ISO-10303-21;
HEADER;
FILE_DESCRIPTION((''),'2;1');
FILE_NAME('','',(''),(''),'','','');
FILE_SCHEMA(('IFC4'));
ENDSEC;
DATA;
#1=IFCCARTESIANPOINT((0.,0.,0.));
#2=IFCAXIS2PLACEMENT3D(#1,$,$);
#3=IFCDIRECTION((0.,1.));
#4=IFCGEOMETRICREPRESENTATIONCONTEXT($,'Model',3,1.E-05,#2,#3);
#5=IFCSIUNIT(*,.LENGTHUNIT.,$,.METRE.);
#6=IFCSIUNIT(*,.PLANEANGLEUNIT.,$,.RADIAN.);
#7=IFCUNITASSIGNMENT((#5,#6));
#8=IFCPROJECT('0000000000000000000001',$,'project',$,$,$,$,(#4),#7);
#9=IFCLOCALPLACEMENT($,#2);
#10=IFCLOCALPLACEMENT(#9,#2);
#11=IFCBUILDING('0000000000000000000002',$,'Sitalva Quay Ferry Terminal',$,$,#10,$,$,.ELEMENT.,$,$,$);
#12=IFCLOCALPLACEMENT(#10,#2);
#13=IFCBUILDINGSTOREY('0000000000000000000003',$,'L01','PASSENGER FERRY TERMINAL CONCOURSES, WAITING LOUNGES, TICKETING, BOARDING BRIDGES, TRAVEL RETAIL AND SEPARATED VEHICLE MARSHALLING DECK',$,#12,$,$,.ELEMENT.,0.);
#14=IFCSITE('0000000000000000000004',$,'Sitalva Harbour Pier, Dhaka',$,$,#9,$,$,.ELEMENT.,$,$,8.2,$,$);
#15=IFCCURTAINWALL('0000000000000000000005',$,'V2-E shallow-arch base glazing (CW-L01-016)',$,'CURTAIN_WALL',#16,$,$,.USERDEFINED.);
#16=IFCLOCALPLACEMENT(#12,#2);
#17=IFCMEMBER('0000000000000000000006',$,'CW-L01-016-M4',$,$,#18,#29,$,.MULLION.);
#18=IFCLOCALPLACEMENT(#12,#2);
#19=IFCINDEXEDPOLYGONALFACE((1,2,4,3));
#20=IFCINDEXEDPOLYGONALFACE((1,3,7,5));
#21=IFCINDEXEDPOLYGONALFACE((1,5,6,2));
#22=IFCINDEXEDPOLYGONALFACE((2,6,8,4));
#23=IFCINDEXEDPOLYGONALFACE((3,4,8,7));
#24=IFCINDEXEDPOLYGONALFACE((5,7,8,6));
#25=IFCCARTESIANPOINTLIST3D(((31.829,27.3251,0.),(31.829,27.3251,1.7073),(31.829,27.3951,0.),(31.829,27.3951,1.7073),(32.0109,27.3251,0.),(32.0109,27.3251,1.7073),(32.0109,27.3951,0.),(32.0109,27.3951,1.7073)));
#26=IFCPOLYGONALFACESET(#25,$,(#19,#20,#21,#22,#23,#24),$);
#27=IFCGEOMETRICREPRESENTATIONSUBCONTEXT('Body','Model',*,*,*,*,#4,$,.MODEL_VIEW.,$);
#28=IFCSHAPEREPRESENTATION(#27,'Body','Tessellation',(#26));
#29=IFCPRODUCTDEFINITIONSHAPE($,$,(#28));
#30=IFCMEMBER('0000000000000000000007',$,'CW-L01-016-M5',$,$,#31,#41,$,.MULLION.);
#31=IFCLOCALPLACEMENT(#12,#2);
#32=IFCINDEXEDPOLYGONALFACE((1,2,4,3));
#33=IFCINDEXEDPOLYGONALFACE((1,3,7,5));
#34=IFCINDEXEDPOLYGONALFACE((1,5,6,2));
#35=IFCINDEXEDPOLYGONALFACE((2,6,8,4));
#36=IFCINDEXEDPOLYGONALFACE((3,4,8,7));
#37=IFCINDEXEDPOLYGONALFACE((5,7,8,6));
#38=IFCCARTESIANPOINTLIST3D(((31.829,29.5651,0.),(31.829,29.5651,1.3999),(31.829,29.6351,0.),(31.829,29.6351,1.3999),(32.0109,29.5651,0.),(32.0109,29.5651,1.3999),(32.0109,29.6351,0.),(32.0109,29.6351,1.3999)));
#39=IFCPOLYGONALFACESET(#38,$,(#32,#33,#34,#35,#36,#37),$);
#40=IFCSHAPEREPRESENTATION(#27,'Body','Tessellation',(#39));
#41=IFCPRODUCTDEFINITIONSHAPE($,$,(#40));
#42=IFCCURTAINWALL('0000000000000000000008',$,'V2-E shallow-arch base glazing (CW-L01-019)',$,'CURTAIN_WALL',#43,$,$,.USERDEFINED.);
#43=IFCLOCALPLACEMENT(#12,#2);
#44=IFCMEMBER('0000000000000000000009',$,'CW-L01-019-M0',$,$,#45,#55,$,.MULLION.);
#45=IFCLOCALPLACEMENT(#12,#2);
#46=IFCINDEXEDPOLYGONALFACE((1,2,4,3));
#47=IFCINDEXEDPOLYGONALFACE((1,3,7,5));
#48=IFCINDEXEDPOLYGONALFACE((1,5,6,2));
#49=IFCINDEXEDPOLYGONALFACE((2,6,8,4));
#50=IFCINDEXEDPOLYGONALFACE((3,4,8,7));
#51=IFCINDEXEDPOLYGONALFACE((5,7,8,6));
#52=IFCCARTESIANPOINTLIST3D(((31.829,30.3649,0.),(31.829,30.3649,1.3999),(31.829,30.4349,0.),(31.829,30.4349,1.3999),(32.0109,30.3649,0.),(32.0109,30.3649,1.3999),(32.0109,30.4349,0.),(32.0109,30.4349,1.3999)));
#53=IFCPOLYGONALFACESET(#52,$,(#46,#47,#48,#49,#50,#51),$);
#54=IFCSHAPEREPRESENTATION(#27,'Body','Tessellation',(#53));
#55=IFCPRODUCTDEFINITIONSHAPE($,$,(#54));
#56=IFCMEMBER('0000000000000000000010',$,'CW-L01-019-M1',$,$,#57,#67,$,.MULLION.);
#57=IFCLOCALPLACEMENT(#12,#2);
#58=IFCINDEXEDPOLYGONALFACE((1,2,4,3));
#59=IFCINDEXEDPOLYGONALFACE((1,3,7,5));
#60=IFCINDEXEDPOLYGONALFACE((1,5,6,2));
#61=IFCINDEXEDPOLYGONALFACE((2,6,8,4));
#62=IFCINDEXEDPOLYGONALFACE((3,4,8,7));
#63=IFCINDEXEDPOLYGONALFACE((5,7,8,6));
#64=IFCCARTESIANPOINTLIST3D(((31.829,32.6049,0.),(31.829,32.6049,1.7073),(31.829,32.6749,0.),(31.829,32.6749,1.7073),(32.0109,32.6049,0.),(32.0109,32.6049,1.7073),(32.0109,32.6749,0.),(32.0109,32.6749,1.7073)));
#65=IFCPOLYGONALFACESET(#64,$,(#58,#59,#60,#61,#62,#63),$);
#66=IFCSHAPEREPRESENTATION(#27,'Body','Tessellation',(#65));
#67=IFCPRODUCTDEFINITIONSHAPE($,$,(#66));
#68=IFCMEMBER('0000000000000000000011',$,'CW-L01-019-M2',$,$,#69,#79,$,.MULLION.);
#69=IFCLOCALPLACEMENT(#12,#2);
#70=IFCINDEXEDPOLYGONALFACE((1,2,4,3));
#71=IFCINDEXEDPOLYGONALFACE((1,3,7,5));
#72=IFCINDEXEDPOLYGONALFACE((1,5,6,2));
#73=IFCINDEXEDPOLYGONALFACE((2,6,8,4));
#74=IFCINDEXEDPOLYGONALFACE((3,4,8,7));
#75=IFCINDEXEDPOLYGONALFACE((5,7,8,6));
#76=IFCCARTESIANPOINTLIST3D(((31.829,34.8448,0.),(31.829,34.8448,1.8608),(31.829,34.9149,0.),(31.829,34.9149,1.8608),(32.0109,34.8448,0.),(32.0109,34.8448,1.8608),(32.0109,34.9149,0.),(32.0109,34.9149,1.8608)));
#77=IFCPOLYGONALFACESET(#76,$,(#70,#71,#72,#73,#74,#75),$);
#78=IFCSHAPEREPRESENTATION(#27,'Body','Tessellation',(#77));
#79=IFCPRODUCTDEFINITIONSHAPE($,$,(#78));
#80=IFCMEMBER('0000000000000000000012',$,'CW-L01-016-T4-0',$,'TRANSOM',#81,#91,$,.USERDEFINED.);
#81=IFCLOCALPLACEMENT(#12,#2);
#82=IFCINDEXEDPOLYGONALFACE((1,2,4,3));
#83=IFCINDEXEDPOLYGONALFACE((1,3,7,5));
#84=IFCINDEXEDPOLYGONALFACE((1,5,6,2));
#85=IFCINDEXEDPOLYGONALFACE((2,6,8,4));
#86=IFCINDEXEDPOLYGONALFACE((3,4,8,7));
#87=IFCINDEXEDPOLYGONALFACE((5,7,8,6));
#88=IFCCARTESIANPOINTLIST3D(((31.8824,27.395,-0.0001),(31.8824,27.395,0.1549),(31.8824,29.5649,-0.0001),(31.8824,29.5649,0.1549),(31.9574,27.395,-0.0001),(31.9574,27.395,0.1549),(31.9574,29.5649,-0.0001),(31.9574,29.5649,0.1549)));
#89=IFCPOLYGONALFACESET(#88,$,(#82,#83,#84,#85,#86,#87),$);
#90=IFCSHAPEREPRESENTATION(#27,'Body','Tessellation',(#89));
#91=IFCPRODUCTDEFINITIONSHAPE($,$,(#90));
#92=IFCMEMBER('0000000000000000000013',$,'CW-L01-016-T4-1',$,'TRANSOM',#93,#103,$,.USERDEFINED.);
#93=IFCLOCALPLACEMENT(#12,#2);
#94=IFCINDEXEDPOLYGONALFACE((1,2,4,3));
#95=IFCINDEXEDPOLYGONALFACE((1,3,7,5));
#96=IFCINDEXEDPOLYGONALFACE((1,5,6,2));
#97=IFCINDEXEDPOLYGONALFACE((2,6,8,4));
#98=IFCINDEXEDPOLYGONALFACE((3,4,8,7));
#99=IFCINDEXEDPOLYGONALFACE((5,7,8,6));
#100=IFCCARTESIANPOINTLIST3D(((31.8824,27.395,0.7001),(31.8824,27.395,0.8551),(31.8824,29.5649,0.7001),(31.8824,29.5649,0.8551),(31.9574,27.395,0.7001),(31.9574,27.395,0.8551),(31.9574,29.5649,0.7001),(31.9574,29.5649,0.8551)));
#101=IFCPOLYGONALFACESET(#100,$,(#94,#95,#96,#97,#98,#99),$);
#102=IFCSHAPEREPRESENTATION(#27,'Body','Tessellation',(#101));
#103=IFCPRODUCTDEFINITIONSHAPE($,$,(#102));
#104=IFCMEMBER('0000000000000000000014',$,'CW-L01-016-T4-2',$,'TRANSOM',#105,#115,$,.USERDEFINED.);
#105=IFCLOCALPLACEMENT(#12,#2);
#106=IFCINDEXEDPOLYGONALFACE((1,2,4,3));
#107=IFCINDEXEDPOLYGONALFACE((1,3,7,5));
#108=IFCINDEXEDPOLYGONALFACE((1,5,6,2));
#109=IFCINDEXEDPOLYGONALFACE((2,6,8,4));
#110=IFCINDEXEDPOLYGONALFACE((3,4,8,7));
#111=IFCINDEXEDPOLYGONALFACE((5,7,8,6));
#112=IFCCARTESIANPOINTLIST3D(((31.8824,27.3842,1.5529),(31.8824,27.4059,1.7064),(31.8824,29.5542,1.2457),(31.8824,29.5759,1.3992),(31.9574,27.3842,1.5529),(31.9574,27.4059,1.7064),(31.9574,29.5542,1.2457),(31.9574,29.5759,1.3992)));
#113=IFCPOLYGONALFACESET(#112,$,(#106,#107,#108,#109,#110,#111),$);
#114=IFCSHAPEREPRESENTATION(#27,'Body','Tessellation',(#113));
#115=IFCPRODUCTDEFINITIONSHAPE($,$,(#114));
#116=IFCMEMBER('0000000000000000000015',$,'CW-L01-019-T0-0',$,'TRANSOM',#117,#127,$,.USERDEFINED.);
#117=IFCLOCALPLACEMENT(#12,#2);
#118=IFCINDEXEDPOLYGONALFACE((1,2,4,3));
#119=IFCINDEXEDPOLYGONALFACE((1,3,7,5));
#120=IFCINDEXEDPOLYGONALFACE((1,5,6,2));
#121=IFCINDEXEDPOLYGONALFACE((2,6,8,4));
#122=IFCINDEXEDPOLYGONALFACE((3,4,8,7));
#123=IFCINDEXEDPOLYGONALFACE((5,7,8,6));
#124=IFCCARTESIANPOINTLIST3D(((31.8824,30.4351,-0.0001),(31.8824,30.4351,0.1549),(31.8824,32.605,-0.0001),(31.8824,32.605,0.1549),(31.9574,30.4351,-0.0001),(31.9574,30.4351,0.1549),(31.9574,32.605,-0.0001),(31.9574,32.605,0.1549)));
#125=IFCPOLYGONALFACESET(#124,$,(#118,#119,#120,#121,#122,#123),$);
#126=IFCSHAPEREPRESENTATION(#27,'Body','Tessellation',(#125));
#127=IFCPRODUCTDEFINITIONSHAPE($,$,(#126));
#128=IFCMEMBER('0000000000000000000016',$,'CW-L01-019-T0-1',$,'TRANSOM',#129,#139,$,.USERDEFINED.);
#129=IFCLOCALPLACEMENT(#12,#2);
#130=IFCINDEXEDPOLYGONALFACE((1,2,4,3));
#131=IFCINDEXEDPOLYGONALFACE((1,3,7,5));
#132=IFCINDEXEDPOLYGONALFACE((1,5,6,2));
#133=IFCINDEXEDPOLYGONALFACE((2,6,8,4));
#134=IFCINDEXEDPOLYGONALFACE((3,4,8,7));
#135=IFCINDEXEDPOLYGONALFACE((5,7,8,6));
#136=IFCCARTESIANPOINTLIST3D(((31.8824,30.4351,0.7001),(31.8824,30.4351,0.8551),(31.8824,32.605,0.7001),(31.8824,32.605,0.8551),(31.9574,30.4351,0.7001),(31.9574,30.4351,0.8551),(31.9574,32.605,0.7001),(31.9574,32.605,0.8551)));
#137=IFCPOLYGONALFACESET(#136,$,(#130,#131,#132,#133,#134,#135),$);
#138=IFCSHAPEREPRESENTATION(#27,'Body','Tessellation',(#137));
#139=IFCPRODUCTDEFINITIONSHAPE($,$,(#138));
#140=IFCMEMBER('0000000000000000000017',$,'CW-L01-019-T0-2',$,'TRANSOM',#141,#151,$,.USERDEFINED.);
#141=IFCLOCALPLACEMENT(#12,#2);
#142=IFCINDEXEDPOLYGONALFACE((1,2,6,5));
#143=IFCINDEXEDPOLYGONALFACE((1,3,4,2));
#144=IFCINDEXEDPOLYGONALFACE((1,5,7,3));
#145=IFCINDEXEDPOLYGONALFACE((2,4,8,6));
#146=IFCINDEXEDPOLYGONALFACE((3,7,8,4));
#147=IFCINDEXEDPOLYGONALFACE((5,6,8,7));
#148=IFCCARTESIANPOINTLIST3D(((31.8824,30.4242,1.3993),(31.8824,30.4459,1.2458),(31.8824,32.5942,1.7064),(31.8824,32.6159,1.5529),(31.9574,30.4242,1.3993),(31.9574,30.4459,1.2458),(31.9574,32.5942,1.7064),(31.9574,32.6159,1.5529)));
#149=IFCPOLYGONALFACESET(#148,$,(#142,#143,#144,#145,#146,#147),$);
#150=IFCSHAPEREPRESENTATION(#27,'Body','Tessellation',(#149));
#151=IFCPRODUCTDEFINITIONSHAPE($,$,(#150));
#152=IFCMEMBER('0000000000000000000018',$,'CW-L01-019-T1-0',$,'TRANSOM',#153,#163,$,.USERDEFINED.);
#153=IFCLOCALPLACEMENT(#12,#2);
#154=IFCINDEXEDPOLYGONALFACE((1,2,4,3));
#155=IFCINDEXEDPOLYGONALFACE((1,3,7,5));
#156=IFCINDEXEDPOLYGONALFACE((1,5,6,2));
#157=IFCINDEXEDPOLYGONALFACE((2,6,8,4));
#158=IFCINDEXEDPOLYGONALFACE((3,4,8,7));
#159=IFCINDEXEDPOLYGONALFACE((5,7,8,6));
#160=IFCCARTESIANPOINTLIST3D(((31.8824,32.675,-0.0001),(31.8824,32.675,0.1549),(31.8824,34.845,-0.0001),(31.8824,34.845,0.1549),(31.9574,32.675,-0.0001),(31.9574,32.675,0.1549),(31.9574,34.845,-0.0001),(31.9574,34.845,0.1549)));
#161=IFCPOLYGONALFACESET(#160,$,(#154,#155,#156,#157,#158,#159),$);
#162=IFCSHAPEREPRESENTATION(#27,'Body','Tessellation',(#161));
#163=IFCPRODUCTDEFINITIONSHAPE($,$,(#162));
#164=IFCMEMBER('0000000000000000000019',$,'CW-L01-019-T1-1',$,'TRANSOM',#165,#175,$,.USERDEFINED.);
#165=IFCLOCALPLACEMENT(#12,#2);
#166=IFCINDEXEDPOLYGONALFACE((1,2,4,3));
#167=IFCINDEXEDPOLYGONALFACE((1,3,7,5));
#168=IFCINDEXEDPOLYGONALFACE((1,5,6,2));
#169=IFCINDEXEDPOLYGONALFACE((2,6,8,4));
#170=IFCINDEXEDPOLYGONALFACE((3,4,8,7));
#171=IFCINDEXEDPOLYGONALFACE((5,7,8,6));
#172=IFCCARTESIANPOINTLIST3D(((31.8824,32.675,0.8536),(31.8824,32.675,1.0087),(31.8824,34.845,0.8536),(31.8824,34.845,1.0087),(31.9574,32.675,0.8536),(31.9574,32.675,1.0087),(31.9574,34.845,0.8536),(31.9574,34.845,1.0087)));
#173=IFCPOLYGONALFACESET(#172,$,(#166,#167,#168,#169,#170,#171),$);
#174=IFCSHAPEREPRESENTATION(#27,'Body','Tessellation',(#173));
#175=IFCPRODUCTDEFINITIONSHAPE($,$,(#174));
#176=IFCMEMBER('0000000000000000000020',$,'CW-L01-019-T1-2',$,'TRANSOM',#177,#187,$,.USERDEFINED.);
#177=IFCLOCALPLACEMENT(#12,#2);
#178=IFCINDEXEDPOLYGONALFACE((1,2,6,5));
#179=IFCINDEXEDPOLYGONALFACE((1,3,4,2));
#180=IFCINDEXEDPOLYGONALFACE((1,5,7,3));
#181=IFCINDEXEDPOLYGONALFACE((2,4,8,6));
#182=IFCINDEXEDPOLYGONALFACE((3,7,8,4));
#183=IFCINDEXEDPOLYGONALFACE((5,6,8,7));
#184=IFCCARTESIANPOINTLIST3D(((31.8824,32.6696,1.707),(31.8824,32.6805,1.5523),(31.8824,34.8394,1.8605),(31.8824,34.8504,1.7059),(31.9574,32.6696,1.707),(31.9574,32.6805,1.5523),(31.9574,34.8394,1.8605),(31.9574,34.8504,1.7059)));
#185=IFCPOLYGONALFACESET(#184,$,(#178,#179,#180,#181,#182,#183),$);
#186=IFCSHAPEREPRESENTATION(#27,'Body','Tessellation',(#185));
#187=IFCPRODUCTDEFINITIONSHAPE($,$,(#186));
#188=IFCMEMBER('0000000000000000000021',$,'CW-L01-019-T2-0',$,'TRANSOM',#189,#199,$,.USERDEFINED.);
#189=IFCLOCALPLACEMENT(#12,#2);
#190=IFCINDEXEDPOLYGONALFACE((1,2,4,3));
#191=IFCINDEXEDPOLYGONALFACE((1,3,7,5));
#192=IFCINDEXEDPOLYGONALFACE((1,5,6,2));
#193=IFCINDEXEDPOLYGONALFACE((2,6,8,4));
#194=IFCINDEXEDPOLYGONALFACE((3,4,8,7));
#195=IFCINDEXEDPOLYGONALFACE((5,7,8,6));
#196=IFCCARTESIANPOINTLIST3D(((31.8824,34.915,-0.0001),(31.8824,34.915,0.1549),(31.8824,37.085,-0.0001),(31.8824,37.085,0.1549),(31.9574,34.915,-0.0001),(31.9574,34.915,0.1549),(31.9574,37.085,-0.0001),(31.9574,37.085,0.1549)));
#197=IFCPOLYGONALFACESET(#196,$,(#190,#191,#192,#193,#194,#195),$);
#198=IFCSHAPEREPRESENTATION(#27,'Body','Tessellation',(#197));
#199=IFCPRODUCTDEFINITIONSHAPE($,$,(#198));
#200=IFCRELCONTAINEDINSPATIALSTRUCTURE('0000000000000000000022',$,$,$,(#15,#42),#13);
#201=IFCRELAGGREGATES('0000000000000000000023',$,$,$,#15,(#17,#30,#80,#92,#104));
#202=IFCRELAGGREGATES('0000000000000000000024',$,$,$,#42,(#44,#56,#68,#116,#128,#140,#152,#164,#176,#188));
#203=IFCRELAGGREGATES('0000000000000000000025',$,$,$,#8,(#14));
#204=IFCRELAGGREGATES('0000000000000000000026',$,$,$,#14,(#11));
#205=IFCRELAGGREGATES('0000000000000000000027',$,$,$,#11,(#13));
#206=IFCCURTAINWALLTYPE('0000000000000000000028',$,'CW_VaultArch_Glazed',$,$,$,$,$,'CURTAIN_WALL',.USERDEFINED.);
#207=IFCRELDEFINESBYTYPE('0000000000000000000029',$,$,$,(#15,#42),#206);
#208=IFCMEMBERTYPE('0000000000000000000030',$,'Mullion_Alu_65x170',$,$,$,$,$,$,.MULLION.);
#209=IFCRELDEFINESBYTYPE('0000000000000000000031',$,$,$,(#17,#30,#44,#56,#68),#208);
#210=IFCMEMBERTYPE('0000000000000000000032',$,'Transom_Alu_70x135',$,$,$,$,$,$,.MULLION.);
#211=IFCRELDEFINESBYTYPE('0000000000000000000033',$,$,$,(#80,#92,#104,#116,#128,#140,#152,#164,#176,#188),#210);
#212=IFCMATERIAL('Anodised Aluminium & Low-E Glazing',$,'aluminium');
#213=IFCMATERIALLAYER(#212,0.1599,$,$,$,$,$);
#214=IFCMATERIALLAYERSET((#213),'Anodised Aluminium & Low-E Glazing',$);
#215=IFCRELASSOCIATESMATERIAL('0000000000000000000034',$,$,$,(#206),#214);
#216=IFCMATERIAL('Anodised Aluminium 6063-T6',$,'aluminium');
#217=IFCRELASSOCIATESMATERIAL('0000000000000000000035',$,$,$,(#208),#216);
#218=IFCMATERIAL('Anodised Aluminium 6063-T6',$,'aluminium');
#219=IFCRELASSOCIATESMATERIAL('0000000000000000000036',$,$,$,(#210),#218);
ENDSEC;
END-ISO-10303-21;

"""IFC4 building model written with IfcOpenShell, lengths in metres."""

from ifc_helpers import new_model, si_unit, direction, frame, origin, origin_2d, place, context, subcontext, project, spatial, rectangle, extrude, material, layer, layer_set, material_profile, profile_set, type_object, element, aggregate, save


model = new_model("IFC4")

# Units and contexts
model_context = context("Model", 3, precision=1e-05, world=origin(), true_north=direction((0.0, 1.0)))
body_context = subcontext(model_context, "Body", "Model", "MODEL_VIEW")
ifc_project = project(units=[si_unit("LENGTHUNIT", "METRE"), si_unit("PLANEANGLEUNIT", "RADIAN")], contexts=[model_context])

# Site, building, storey
site_placement = place(None, origin())
site = spatial("IfcSite", under=ifc_project, at=site_placement, Name="Sitalva Harbour Pier, Dhaka", CompositionType="ELEMENT", RefElevation=8.2)
building_placement = place(site_placement, origin())
building = spatial("IfcBuilding", under=site, at=building_placement, Name="Sitalva Quay Ferry Terminal", CompositionType="ELEMENT")
storey_placement = place(building_placement, origin())
storey = spatial("IfcBuildingStorey", under=building, at=storey_placement, Name="L01", Description="PASSENGER FERRY TERMINAL CONCOURSES, WAITING LOUNGES, TICKETING, BOARDING BRIDGES, TRAVEL RETAIL AND SEPARATED VEHICLE MARSHALLING DECK", CompositionType="ELEMENT", Elevation=0.0)

# Curtain walls, members
ifc_material_1 = material(Name="Anodised Aluminium & Low-E Glazing", Category="aluminium")
ifc_layer_1 = layer(ifc_material_1, 0.1599)
ifc_layer_set_1 = layer_set([ifc_layer_1], Name="Anodised Aluminium & Low-E Glazing")
curtain_wall_type = type_object("IfcCurtainWallType", Name="CW_VaultArch_Glazed", ElementType="CURTAIN_WALL", PredefinedType="USERDEFINED", material=ifc_layer_set_1)
curtain_wall_1_placement = place(storey_placement, origin())
curtain_wall_1 = element("IfcCurtainWall", 1, at=curtain_wall_1_placement, inside=storey, type_object=curtain_wall_type, Name="V2-E shallow-arch base glazing (CW-L01-016)", ObjectType="CURTAIN_WALL", PredefinedType="USERDEFINED")
ifc_material_2 = material(Name="Anodised Aluminium 6063-T6", Category="aluminium")
ifc_material_profile_1 = material_profile(ifc_material_2, rectangle(XDim=0.0701, YDim=0.1819, at=origin_2d()), Name="ALU70x182")
ifc_profile_set_1 = profile_set([ifc_material_profile_1], Name="Anodised Aluminium 6063-T6")
member_type_1 = type_object("IfcMemberType", Name="Mullion_Alu_65x170", PredefinedType="MULLION", material=ifc_profile_set_1)
member_1_placement = place(storey_placement, frame((31.9199, 27.3601, 0.0), z_axis=(0.0, 0.0, 1.0), x_axis=(0.0, 1.0, 0.0)))
member_1 = element("IfcMember", 2, at=member_1_placement, type_object=member_type_1, Name="CW-L01-016-M4", PredefinedType="MULLION", context=body_context, shape_type="SweptSolid", body=[
    extrude(rectangle(XDim=0.0701, YDim=0.1819, at=origin_2d()), origin(), (0.0, 0.0, 1.0), 1.7073),
])
member_2_placement = place(storey_placement, frame((31.9199, 29.6001, 0.0), z_axis=(0.0, 0.0, 1.0), x_axis=(0.0, 1.0, 0.0)))
member_2 = element("IfcMember", 3, at=member_2_placement, type_object=member_type_1, Name="CW-L01-016-M5", PredefinedType="MULLION", context=body_context, shape_type="SweptSolid", body=[
    extrude(rectangle(XDim=0.0701, YDim=0.1819, at=origin_2d()), origin(), (0.0, 0.0, 1.0), 1.3999),
])
curtain_wall_2_placement = place(storey_placement, origin())
curtain_wall_2 = element("IfcCurtainWall", 4, at=curtain_wall_2_placement, inside=storey, type_object=curtain_wall_type, Name="V2-E shallow-arch base glazing (CW-L01-019)", ObjectType="CURTAIN_WALL", PredefinedType="USERDEFINED")
member_3_placement = place(storey_placement, frame((31.9199, 30.3999, 0.0), z_axis=(0.0, 0.0, 1.0), x_axis=(0.0, 1.0, 0.0)))
member_3 = element("IfcMember", 5, at=member_3_placement, type_object=member_type_1, Name="CW-L01-019-M0", PredefinedType="MULLION", context=body_context, shape_type="SweptSolid", body=[
    extrude(rectangle(XDim=0.0701, YDim=0.1819, at=origin_2d()), origin(), (0.0, 0.0, 1.0), 1.3999),
])
member_4_placement = place(storey_placement, frame((31.9199, 32.6399, 0.0), z_axis=(0.0, 0.0, 1.0), x_axis=(0.0, 1.0, 0.0)))
member_4 = element("IfcMember", 6, at=member_4_placement, type_object=member_type_1, Name="CW-L01-019-M1", PredefinedType="MULLION", context=body_context, shape_type="SweptSolid", body=[
    extrude(rectangle(XDim=0.0701, YDim=0.1819, at=origin_2d()), origin(), (0.0, 0.0, 1.0), 1.7073),
])
member_5_placement = place(storey_placement, frame((31.9199, 34.8799, 0.0), z_axis=(0.0, 0.0, 1.0), x_axis=(0.0, 1.0, 0.0)))
member_5 = element("IfcMember", 7, at=member_5_placement, type_object=member_type_1, Name="CW-L01-019-M2", PredefinedType="MULLION", context=body_context, shape_type="SweptSolid", body=[
    extrude(rectangle(XDim=0.0701, YDim=0.1819, at=origin_2d()), origin(), (0.0, 0.0, 1.0), 1.8608),
])

# Members
ifc_material_3 = material(Name="Anodised Aluminium 6063-T6", Category="aluminium")
ifc_material_profile_2 = material_profile(ifc_material_3, rectangle(XDim=0.075, YDim=0.155, at=origin_2d()), Name="ALU75x155")
ifc_profile_set_2 = profile_set([ifc_material_profile_2], Name="Anodised Aluminium 6063-T6")
member_type_2 = type_object("IfcMemberType", Name="Transom_Alu_70x135", PredefinedType="MULLION", material=ifc_profile_set_2)
member_6_placement = place(storey_placement, frame((31.9199, 27.395, 0.0774), z_axis=(0.0, 1.0, 0.0), x_axis=(-1.0, 0.0, 0.0)))
member_6 = element("IfcMember", 8, at=member_6_placement, type_object=member_type_2, Name="CW-L01-016-T4-0", ObjectType="TRANSOM", PredefinedType="USERDEFINED", context=body_context, shape_type="SweptSolid", body=[
    extrude(rectangle(XDim=0.075, YDim=0.155, at=origin_2d()), origin(), (0.0, 0.0, 1.0), 2.1699),
])
member_7_placement = place(storey_placement, frame((31.9199, 27.395, 0.7776), z_axis=(0.0, 1.0, 0.0), x_axis=(-1.0, 0.0, 0.0)))
member_7 = element("IfcMember", 9, at=member_7_placement, type_object=member_type_2, Name="CW-L01-016-T4-1", ObjectType="TRANSOM", PredefinedType="USERDEFINED", context=body_context, shape_type="SweptSolid", body=[
    extrude(rectangle(XDim=0.075, YDim=0.155, at=origin_2d()), origin(), (0.0, 0.0, 1.0), 2.1699),
])
member_8_placement = place(storey_placement, frame((31.9199, 27.395, 1.6296), z_axis=(0.0, 0.990131, -0.140142), x_axis=(-1.0, 0.0, 0.0)))
member_8 = element("IfcMember", 10, at=member_8_placement, type_object=member_type_2, Name="CW-L01-016-T4-2", ObjectType="TRANSOM", PredefinedType="USERDEFINED", context=body_context, shape_type="SweptSolid", body=[
    extrude(rectangle(XDim=0.075, YDim=0.155, at=origin_2d()), origin(), (0.0, 0.0, 1.0), 2.1917),
])
member_9_placement = place(storey_placement, frame((31.9199, 30.4351, 0.0774), z_axis=(0.0, 1.0, 0.0), x_axis=(-1.0, 0.0, 0.0)))
member_9 = element("IfcMember", 11, at=member_9_placement, type_object=member_type_2, Name="CW-L01-019-T0-0", ObjectType="TRANSOM", PredefinedType="USERDEFINED", context=body_context, shape_type="SweptSolid", body=[
    extrude(rectangle(XDim=0.075, YDim=0.155, at=origin_2d()), origin(), (0.0, 0.0, 1.0), 2.1699),
])
member_10_placement = place(storey_placement, frame((31.9199, 30.4351, 0.7776), z_axis=(0.0, 1.0, 0.0), x_axis=(-1.0, 0.0, 0.0)))
member_10 = element("IfcMember", 12, at=member_10_placement, type_object=member_type_2, Name="CW-L01-019-T0-1", ObjectType="TRANSOM", PredefinedType="USERDEFINED", context=body_context, shape_type="SweptSolid", body=[
    extrude(rectangle(XDim=0.075, YDim=0.155, at=origin_2d()), origin(), (0.0, 0.0, 1.0), 2.1699),
])
member_11_placement = place(storey_placement, frame((31.9199, 30.4351, 1.3225), z_axis=(0.0, 0.990131, 0.140142), x_axis=(-1.0, 0.0, 0.0)))
member_11 = element("IfcMember", 13, at=member_11_placement, type_object=member_type_2, Name="CW-L01-019-T0-2", ObjectType="TRANSOM", PredefinedType="USERDEFINED", context=body_context, shape_type="SweptSolid", body=[
    extrude(rectangle(XDim=0.075, YDim=0.155, at=origin_2d()), origin(), (0.0, 0.0, 1.0), 2.1917),
])
member_12_placement = place(storey_placement, frame((31.9199, 32.675, 0.0774), z_axis=(0.0, 1.0, 0.0), x_axis=(-1.0, 0.0, 0.0)))
member_12 = element("IfcMember", 14, at=member_12_placement, type_object=member_type_2, Name="CW-L01-019-T1-0", ObjectType="TRANSOM", PredefinedType="USERDEFINED", context=body_context, shape_type="SweptSolid", body=[
    extrude(rectangle(XDim=0.075, YDim=0.155, at=origin_2d()), origin(), (0.0, 0.0, 1.0), 2.1699),
])
member_13_placement = place(storey_placement, frame((31.9199, 32.675, 0.9312), z_axis=(0.0, 1.0, 0.0), x_axis=(-1.0, 0.0, 0.0)))
member_13 = element("IfcMember", 15, at=member_13_placement, type_object=member_type_2, Name="CW-L01-019-T1-1", ObjectType="TRANSOM", PredefinedType="USERDEFINED", context=body_context, shape_type="SweptSolid", body=[
    extrude(rectangle(XDim=0.075, YDim=0.155, at=origin_2d()), origin(), (0.0, 0.0, 1.0), 2.1699),
])
member_14_placement = place(storey_placement, frame((31.9199, 32.675, 1.6296), z_axis=(0.0, 0.997505, 0.070593), x_axis=(-1.0, 0.0, 0.0)))
member_14 = element("IfcMember", 16, at=member_14_placement, type_object=member_type_2, Name="CW-L01-019-T1-2", ObjectType="TRANSOM", PredefinedType="USERDEFINED", context=body_context, shape_type="SweptSolid", body=[
    extrude(rectangle(XDim=0.075, YDim=0.155, at=origin_2d()), origin(), (0.0, 0.0, 1.0), 2.1753),
])
member_15_placement = place(storey_placement, frame((31.9199, 34.915, 0.0774), z_axis=(0.0, 1.0, 0.0), x_axis=(-1.0, 0.0, 0.0)))
member_15 = element("IfcMember", 17, at=member_15_placement, type_object=member_type_2, Name="CW-L01-019-T2-0", ObjectType="TRANSOM", PredefinedType="USERDEFINED", context=body_context, shape_type="SweptSolid", body=[
    extrude(rectangle(XDim=0.075, YDim=0.155, at=origin_2d()), origin(), (0.0, 0.0, 1.0), 2.1699),
])

aggregate(curtain_wall_1, [member_1, member_2, member_6, member_7, member_8])
aggregate(curtain_wall_2, [member_3, member_4, member_5, member_9, member_10, member_11, member_12, member_13, member_14, member_15])

save(model, "model.ifc")
